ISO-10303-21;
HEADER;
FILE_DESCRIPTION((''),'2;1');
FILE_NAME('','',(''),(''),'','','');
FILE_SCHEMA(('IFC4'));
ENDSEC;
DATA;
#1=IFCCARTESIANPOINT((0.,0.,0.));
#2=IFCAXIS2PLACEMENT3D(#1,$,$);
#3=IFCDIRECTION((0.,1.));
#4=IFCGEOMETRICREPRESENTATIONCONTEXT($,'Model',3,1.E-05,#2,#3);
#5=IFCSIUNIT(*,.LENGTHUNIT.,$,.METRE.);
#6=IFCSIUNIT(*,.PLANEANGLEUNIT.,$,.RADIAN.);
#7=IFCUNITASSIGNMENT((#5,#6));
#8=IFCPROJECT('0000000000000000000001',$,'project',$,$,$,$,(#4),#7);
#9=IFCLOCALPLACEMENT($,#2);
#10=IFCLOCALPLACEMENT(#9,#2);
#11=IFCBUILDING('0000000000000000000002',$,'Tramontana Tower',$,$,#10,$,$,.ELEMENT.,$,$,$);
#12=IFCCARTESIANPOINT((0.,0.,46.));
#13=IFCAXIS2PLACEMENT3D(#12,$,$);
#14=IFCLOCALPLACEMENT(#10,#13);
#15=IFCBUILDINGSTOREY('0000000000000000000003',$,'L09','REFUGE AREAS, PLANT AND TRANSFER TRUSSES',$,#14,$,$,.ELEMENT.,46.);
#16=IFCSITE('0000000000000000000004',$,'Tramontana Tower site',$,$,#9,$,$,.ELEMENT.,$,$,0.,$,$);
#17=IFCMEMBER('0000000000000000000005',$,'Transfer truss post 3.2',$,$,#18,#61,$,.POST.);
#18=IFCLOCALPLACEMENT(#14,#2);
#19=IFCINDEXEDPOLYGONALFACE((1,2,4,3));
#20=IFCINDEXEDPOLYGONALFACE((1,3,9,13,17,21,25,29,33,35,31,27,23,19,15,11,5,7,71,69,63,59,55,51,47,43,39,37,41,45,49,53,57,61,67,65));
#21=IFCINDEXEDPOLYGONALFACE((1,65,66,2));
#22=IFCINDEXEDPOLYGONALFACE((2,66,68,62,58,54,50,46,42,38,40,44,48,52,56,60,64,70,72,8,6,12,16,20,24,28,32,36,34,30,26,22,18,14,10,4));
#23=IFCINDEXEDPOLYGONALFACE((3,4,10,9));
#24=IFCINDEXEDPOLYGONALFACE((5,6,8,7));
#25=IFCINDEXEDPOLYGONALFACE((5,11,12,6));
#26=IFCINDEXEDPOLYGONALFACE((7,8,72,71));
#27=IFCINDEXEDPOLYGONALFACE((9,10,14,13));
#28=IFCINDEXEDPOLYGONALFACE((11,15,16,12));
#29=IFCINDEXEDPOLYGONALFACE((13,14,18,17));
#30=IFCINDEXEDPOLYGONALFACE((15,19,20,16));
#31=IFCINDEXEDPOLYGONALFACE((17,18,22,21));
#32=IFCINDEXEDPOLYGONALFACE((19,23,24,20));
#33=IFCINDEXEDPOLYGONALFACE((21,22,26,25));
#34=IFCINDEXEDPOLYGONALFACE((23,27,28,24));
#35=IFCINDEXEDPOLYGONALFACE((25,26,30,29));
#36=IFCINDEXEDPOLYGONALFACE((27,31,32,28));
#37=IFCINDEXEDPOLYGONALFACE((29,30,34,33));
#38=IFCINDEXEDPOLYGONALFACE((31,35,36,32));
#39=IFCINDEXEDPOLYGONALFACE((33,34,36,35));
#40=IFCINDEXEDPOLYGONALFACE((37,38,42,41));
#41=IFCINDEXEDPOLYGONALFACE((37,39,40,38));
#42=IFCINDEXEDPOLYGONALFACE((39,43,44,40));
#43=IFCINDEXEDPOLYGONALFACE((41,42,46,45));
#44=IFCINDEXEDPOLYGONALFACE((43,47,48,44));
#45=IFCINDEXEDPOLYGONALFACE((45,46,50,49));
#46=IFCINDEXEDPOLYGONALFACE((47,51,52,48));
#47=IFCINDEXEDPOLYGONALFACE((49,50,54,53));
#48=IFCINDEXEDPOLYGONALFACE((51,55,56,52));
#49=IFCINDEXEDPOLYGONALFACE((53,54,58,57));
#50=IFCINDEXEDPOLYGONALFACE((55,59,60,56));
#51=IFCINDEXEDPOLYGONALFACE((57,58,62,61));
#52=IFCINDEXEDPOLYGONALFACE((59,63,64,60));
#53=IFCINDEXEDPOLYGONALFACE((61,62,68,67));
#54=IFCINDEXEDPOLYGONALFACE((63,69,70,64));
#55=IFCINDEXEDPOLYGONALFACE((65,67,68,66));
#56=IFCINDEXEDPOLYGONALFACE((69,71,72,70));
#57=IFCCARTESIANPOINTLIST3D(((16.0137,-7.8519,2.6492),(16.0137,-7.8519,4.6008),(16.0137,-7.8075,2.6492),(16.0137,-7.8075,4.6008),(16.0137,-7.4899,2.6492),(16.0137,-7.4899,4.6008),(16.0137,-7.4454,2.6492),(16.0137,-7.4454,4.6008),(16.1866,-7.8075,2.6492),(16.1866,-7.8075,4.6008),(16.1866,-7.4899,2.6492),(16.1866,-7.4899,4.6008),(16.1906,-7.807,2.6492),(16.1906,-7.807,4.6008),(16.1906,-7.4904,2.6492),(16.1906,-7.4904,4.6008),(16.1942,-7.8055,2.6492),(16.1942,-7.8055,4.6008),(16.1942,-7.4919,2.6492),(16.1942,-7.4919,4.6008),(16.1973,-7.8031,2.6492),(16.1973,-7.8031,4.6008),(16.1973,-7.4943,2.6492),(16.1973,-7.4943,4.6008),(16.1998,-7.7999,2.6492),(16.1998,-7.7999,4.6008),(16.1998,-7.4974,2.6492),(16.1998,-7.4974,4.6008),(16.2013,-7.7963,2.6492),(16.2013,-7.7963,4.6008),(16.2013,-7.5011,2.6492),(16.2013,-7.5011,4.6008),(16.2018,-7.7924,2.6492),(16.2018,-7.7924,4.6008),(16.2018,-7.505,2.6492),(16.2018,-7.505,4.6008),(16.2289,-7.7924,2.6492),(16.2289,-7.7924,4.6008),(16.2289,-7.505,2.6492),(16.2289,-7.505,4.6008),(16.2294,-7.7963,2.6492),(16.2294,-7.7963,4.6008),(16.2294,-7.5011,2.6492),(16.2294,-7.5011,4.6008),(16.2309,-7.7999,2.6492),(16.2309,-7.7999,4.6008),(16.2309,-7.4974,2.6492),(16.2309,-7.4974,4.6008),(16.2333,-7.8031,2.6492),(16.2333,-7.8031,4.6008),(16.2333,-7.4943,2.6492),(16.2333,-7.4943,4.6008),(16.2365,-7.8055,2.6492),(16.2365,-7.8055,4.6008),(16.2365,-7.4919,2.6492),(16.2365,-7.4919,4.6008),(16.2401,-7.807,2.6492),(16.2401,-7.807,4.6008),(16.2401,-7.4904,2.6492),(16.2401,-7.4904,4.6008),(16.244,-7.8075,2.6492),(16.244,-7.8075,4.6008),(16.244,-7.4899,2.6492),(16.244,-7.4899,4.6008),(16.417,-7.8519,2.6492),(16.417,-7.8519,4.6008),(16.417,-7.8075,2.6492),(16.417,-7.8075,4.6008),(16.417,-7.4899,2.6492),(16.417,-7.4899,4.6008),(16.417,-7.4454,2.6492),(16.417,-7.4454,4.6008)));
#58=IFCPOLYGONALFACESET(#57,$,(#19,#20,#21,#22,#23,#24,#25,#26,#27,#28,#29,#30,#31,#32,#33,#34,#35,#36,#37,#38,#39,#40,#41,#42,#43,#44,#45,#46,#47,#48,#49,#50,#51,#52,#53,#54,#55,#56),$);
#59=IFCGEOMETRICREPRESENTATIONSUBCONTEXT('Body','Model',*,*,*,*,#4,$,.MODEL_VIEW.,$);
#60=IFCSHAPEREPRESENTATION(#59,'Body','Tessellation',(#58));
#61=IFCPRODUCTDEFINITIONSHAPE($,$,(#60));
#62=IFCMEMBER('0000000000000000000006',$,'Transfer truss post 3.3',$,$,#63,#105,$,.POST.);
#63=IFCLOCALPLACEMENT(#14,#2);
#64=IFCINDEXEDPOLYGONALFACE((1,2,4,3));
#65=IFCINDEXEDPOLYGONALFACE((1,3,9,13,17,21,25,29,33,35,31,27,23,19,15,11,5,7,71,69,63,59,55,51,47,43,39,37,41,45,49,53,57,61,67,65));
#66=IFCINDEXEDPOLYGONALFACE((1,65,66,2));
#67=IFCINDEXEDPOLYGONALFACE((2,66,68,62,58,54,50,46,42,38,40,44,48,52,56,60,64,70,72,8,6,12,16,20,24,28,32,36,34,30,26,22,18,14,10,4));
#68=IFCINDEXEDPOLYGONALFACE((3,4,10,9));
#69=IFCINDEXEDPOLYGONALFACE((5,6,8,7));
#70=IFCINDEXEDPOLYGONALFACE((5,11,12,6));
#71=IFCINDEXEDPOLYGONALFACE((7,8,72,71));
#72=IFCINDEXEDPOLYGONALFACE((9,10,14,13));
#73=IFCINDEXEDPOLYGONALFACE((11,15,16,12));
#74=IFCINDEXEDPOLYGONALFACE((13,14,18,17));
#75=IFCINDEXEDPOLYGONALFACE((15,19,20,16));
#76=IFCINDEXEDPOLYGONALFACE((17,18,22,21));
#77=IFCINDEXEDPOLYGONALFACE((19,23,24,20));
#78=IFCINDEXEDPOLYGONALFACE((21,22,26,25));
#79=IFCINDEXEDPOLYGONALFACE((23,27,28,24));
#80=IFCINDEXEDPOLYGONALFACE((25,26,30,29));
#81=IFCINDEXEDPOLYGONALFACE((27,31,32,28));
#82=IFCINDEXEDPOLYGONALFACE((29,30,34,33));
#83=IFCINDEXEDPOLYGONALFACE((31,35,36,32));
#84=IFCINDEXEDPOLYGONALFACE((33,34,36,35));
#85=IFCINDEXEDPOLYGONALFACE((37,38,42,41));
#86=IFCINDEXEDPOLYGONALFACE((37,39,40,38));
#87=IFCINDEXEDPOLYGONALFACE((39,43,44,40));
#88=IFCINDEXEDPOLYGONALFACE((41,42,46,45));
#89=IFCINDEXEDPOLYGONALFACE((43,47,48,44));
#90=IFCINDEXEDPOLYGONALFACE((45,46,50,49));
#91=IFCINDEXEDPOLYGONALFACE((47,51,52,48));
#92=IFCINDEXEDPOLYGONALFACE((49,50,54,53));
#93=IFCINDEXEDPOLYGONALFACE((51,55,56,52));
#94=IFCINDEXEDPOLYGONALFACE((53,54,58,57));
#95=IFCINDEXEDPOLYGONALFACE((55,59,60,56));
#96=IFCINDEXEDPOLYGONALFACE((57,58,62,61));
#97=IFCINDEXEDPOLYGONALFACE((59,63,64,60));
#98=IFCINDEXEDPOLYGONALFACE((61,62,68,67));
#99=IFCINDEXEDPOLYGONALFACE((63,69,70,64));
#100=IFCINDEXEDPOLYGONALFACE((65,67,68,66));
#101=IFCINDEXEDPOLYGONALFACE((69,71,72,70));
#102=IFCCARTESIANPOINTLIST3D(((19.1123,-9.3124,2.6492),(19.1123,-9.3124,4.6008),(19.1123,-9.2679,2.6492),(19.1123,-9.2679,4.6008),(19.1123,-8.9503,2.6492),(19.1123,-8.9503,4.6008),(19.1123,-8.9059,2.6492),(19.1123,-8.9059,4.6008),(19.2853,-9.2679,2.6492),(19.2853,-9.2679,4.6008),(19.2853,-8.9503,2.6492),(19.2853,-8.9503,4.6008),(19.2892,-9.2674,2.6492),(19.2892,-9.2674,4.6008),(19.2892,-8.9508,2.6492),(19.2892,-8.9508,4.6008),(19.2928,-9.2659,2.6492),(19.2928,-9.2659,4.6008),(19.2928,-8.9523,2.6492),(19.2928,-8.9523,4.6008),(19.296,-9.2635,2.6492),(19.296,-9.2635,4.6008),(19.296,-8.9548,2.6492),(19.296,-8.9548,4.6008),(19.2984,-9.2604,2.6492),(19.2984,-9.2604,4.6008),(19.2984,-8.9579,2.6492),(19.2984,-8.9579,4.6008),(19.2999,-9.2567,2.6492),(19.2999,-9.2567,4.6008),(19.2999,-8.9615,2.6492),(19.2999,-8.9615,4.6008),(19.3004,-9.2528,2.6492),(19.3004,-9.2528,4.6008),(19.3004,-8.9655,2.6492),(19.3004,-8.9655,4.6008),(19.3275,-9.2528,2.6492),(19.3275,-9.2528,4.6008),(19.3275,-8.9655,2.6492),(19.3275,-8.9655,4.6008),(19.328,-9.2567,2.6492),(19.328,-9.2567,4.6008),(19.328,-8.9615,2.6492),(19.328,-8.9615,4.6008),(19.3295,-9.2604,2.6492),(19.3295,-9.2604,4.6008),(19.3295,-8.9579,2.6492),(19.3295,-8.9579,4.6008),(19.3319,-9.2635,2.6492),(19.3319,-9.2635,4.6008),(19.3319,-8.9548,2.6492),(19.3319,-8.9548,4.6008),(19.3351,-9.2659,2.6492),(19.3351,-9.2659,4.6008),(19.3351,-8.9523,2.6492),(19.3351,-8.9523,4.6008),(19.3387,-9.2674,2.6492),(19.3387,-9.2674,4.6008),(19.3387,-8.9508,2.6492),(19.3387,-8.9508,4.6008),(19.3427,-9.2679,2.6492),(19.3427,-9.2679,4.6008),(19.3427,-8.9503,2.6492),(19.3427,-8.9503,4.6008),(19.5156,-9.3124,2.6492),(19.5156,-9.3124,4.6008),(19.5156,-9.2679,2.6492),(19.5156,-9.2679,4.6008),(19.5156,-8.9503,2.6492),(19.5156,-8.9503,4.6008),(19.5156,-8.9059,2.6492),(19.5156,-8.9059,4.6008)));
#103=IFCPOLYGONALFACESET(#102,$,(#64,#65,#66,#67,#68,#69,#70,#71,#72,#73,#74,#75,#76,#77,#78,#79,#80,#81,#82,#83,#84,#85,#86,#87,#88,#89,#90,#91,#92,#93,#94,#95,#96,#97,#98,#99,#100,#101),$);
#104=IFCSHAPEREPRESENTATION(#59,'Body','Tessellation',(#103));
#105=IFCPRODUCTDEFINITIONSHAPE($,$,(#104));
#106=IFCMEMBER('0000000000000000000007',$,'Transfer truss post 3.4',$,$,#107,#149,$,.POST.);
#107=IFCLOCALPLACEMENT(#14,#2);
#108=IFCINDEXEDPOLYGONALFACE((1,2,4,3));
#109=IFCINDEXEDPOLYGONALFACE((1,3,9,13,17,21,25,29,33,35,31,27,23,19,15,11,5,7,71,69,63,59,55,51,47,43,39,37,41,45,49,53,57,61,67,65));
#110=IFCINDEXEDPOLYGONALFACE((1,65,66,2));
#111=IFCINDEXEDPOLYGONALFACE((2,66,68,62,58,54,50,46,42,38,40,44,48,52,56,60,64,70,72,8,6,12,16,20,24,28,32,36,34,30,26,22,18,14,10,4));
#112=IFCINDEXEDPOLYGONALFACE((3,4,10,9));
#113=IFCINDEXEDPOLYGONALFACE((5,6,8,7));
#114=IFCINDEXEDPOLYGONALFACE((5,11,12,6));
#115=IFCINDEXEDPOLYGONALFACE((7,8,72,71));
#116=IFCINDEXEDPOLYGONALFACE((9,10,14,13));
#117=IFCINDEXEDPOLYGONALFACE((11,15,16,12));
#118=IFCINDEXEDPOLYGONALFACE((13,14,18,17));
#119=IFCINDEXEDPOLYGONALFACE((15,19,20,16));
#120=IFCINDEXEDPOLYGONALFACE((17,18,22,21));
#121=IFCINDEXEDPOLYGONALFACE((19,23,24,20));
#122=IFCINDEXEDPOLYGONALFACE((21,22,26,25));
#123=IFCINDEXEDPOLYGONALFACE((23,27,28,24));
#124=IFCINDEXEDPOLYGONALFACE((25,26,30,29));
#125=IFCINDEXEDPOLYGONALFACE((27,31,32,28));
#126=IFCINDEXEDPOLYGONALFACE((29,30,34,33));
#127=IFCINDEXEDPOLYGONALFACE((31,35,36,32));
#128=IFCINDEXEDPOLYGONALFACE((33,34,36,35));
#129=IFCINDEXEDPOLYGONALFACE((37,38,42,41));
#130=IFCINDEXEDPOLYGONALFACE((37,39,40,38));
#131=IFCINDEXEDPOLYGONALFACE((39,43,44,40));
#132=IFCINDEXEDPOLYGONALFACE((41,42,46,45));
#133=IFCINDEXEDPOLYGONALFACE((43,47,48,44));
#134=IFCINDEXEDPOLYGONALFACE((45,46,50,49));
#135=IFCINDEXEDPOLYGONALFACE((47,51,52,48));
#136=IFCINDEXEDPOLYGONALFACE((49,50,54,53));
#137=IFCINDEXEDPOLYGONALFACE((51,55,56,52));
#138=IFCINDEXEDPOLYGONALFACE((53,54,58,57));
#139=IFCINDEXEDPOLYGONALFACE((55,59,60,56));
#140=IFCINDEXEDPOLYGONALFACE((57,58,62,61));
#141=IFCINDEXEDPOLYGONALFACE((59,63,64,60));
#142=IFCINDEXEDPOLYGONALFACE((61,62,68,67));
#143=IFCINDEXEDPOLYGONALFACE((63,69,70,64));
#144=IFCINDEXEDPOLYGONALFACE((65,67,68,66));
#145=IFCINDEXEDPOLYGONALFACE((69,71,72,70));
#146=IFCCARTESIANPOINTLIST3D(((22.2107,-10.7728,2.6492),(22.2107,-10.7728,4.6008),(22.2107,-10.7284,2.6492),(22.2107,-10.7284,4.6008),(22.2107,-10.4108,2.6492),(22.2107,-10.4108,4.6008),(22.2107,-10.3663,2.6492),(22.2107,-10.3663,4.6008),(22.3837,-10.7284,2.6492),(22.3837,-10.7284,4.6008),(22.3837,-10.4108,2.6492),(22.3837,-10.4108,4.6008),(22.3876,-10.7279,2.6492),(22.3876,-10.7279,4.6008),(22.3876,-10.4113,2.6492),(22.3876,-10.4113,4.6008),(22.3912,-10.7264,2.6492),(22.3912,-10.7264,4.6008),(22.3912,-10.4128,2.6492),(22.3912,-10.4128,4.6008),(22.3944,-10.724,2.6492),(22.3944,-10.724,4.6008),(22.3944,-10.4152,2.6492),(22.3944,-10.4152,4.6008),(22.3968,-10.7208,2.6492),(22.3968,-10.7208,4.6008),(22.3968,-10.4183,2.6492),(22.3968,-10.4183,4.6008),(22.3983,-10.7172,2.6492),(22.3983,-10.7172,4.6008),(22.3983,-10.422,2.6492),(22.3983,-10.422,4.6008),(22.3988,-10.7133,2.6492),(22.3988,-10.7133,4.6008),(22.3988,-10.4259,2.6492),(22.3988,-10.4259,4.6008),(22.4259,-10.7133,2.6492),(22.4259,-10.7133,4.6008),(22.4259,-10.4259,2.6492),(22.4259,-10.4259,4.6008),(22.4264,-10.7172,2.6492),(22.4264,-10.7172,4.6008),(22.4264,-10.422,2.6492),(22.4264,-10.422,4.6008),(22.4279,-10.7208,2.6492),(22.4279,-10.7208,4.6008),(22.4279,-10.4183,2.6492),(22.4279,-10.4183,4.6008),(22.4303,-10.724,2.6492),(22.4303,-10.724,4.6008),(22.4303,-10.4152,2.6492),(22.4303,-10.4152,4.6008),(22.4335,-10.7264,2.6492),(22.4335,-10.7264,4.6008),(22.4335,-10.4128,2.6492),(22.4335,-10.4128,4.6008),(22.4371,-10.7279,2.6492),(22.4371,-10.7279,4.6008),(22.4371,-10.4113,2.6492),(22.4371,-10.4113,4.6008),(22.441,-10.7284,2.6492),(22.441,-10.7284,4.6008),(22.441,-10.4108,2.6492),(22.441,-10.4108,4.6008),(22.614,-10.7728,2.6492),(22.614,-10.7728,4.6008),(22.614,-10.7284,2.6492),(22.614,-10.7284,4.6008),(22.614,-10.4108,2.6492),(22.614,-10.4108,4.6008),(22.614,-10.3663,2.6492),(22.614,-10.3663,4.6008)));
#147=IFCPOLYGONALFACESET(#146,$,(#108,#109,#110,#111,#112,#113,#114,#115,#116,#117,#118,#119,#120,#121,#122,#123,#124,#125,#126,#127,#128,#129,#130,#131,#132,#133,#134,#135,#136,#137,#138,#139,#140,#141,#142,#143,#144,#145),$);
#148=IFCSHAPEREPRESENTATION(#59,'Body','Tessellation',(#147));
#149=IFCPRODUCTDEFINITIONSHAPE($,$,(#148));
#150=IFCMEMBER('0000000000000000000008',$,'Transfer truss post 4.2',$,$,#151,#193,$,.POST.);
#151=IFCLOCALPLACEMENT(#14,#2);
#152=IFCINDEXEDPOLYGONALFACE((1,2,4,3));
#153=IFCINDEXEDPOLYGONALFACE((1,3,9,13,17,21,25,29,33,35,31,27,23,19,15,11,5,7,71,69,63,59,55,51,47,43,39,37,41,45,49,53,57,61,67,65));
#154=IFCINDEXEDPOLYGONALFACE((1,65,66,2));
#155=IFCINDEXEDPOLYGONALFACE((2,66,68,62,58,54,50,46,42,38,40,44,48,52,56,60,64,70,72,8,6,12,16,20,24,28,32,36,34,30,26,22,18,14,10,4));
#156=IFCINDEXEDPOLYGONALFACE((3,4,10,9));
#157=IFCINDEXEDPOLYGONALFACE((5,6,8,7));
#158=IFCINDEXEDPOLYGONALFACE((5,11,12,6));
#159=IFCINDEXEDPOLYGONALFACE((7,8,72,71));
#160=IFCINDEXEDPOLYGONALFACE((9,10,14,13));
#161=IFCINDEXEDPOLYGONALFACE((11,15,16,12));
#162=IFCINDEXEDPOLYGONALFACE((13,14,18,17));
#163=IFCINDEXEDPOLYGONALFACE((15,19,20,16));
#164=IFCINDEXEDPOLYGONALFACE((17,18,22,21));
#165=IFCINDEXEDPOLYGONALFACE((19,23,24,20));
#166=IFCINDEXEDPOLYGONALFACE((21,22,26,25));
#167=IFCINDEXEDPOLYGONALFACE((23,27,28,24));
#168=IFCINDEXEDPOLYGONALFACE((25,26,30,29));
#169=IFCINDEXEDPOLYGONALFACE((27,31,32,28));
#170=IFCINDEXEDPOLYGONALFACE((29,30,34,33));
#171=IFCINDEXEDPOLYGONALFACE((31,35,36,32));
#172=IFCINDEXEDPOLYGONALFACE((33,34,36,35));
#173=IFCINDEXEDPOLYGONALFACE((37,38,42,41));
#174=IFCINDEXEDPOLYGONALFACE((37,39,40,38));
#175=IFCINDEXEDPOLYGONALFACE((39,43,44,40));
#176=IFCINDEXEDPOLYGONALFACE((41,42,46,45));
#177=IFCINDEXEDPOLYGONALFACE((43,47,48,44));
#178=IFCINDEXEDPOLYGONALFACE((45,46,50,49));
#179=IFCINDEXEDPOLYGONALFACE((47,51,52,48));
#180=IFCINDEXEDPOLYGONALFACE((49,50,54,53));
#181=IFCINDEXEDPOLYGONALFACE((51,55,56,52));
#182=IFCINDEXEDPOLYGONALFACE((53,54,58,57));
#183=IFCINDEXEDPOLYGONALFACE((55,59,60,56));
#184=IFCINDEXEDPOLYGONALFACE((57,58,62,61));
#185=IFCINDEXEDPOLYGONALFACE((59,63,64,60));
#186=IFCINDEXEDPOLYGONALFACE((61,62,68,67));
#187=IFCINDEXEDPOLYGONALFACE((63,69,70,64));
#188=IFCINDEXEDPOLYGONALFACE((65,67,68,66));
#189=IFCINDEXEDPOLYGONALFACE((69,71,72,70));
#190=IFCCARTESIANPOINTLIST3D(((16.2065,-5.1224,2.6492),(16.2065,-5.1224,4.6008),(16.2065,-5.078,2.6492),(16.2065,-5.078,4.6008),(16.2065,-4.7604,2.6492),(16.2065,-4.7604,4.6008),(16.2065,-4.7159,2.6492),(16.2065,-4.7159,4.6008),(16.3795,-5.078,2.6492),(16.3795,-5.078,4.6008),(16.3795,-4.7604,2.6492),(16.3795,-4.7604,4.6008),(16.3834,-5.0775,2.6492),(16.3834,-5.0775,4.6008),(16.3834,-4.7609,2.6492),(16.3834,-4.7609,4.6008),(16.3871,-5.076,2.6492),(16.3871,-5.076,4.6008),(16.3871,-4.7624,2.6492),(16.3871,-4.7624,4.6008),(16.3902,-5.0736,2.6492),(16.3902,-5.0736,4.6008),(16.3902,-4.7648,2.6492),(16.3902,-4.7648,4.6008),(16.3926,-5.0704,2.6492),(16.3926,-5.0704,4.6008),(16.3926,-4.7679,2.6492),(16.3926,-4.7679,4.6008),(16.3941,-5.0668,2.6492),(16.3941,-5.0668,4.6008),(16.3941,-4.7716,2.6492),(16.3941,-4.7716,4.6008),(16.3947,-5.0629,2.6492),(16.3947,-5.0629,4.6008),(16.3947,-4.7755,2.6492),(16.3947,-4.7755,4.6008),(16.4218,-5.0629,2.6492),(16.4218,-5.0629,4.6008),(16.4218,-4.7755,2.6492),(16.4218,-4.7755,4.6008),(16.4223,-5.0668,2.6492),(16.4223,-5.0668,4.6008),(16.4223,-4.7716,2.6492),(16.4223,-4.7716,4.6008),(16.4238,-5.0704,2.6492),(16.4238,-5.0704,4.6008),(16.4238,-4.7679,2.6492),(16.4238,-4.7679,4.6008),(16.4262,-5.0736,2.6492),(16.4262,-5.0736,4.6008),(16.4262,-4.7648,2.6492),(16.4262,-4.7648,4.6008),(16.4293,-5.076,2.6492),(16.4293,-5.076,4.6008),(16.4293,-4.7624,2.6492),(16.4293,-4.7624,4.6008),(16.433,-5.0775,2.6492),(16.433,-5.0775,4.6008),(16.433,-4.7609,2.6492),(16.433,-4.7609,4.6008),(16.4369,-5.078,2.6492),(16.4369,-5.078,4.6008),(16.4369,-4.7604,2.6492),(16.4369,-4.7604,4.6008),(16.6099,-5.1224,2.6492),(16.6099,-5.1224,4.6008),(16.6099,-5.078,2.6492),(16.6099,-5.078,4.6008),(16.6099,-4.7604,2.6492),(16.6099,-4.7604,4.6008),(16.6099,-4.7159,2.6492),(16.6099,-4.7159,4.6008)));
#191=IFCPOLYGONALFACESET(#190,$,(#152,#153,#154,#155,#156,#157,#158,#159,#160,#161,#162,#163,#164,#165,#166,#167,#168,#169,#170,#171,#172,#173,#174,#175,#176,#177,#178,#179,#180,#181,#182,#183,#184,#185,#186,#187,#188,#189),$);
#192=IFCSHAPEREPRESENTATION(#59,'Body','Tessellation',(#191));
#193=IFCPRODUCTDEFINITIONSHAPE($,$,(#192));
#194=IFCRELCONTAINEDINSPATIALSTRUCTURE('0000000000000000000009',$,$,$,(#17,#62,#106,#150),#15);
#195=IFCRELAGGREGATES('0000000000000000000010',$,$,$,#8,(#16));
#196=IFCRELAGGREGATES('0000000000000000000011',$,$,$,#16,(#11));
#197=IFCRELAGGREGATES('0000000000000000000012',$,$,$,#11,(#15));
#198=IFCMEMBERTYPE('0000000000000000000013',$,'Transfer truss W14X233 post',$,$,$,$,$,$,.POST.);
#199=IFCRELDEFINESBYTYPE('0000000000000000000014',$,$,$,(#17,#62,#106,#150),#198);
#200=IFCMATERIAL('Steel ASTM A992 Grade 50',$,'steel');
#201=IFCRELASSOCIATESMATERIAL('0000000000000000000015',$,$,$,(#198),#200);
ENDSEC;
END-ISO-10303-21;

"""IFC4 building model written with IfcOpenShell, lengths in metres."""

from ifc_helpers import new_model, si_unit, direction, frame, origin, origin_2d, place, context, subcontext, project, spatial, i_section, extrude, material, material_profile, profile_set, type_object, element, save


model = new_model("IFC4")

# Units and contexts
model_context = context("Model", 3, precision=1e-05, world=origin(), true_north=direction((0.0, 1.0)))
body_context = subcontext(model_context, "Body", "Model", "MODEL_VIEW")
ifc_project = project(units=[si_unit("LENGTHUNIT", "METRE"), si_unit("PLANEANGLEUNIT", "RADIAN")], contexts=[model_context])

# Site, building, storey
site_placement = place(None, origin())
site = spatial("IfcSite", under=ifc_project, at=site_placement, Name="Tramontana Tower site", CompositionType="ELEMENT", RefElevation=0.0)
building_placement = place(site_placement, origin())
building = spatial("IfcBuilding", under=site, at=building_placement, Name="Tramontana Tower", CompositionType="ELEMENT")
storey_placement = place(building_placement, frame((0.0, 0.0, 46.0)))
storey = spatial("IfcBuildingStorey", under=building, at=storey_placement, Name="L09", Description="REFUGE AREAS, PLANT AND TRANSFER TRUSSES", CompositionType="ELEMENT", Elevation=46.0)

# Members
ifc_material_1 = material(Name="Steel ASTM A992 Grade 50", Category="steel")
ifc_material_profile_1 = material_profile(ifc_material_1, i_section(OverallWidth=0.4033, OverallDepth=0.4065, WebThickness=0.0271, FlangeThickness=0.0444, FilletRadius=0.0151, at=origin_2d()), Name="W14X233")
ifc_profile_set_1 = profile_set([ifc_material_profile_1], Name="Steel ASTM A992 Grade 50")
member_type_1 = type_object("IfcMemberType", Name="Transfer truss W14X233 post", PredefinedType="POST", material=ifc_profile_set_1)
for number, where, z_axis, x_axis, name in (
    (1, (16.2153, -7.6487, 2.6492), (0.0, 0.0, 1.0), (1.0, 0.0, 0.0), "Transfer truss post 3.2"),
    (2, (19.314, -9.1091, 2.6492), (0.0, 0.0, 1.0), (1.0, 0.0, 0.0), "Transfer truss post 3.3"),
    (3, (22.4124, -10.5696, 2.6492), (0.0, 0.0, 1.0), (1.0, 0.0, 0.0), "Transfer truss post 3.4"),
    (4, (16.4082, -4.9192, 2.6492), (0.0, 0.0, 1.0), (1.0, 0.0, 0.0), "Transfer truss post 4.2"),
):
    element("IfcMember", number, at=place(storey_placement, frame(where, z_axis=z_axis, x_axis=x_axis)), inside=storey, type_object=member_type_1, Name=name, PredefinedType="POST", context=body_context, shape_type="SweptSolid", body=[
        extrude(i_section(OverallWidth=0.4033, OverallDepth=0.4065, WebThickness=0.0271, FlangeThickness=0.0444, FilletRadius=0.0151, at=origin_2d()), origin(), (0.0, 0.0, 1.0), 1.9517),
    ])

save(model, "model.ifc")
